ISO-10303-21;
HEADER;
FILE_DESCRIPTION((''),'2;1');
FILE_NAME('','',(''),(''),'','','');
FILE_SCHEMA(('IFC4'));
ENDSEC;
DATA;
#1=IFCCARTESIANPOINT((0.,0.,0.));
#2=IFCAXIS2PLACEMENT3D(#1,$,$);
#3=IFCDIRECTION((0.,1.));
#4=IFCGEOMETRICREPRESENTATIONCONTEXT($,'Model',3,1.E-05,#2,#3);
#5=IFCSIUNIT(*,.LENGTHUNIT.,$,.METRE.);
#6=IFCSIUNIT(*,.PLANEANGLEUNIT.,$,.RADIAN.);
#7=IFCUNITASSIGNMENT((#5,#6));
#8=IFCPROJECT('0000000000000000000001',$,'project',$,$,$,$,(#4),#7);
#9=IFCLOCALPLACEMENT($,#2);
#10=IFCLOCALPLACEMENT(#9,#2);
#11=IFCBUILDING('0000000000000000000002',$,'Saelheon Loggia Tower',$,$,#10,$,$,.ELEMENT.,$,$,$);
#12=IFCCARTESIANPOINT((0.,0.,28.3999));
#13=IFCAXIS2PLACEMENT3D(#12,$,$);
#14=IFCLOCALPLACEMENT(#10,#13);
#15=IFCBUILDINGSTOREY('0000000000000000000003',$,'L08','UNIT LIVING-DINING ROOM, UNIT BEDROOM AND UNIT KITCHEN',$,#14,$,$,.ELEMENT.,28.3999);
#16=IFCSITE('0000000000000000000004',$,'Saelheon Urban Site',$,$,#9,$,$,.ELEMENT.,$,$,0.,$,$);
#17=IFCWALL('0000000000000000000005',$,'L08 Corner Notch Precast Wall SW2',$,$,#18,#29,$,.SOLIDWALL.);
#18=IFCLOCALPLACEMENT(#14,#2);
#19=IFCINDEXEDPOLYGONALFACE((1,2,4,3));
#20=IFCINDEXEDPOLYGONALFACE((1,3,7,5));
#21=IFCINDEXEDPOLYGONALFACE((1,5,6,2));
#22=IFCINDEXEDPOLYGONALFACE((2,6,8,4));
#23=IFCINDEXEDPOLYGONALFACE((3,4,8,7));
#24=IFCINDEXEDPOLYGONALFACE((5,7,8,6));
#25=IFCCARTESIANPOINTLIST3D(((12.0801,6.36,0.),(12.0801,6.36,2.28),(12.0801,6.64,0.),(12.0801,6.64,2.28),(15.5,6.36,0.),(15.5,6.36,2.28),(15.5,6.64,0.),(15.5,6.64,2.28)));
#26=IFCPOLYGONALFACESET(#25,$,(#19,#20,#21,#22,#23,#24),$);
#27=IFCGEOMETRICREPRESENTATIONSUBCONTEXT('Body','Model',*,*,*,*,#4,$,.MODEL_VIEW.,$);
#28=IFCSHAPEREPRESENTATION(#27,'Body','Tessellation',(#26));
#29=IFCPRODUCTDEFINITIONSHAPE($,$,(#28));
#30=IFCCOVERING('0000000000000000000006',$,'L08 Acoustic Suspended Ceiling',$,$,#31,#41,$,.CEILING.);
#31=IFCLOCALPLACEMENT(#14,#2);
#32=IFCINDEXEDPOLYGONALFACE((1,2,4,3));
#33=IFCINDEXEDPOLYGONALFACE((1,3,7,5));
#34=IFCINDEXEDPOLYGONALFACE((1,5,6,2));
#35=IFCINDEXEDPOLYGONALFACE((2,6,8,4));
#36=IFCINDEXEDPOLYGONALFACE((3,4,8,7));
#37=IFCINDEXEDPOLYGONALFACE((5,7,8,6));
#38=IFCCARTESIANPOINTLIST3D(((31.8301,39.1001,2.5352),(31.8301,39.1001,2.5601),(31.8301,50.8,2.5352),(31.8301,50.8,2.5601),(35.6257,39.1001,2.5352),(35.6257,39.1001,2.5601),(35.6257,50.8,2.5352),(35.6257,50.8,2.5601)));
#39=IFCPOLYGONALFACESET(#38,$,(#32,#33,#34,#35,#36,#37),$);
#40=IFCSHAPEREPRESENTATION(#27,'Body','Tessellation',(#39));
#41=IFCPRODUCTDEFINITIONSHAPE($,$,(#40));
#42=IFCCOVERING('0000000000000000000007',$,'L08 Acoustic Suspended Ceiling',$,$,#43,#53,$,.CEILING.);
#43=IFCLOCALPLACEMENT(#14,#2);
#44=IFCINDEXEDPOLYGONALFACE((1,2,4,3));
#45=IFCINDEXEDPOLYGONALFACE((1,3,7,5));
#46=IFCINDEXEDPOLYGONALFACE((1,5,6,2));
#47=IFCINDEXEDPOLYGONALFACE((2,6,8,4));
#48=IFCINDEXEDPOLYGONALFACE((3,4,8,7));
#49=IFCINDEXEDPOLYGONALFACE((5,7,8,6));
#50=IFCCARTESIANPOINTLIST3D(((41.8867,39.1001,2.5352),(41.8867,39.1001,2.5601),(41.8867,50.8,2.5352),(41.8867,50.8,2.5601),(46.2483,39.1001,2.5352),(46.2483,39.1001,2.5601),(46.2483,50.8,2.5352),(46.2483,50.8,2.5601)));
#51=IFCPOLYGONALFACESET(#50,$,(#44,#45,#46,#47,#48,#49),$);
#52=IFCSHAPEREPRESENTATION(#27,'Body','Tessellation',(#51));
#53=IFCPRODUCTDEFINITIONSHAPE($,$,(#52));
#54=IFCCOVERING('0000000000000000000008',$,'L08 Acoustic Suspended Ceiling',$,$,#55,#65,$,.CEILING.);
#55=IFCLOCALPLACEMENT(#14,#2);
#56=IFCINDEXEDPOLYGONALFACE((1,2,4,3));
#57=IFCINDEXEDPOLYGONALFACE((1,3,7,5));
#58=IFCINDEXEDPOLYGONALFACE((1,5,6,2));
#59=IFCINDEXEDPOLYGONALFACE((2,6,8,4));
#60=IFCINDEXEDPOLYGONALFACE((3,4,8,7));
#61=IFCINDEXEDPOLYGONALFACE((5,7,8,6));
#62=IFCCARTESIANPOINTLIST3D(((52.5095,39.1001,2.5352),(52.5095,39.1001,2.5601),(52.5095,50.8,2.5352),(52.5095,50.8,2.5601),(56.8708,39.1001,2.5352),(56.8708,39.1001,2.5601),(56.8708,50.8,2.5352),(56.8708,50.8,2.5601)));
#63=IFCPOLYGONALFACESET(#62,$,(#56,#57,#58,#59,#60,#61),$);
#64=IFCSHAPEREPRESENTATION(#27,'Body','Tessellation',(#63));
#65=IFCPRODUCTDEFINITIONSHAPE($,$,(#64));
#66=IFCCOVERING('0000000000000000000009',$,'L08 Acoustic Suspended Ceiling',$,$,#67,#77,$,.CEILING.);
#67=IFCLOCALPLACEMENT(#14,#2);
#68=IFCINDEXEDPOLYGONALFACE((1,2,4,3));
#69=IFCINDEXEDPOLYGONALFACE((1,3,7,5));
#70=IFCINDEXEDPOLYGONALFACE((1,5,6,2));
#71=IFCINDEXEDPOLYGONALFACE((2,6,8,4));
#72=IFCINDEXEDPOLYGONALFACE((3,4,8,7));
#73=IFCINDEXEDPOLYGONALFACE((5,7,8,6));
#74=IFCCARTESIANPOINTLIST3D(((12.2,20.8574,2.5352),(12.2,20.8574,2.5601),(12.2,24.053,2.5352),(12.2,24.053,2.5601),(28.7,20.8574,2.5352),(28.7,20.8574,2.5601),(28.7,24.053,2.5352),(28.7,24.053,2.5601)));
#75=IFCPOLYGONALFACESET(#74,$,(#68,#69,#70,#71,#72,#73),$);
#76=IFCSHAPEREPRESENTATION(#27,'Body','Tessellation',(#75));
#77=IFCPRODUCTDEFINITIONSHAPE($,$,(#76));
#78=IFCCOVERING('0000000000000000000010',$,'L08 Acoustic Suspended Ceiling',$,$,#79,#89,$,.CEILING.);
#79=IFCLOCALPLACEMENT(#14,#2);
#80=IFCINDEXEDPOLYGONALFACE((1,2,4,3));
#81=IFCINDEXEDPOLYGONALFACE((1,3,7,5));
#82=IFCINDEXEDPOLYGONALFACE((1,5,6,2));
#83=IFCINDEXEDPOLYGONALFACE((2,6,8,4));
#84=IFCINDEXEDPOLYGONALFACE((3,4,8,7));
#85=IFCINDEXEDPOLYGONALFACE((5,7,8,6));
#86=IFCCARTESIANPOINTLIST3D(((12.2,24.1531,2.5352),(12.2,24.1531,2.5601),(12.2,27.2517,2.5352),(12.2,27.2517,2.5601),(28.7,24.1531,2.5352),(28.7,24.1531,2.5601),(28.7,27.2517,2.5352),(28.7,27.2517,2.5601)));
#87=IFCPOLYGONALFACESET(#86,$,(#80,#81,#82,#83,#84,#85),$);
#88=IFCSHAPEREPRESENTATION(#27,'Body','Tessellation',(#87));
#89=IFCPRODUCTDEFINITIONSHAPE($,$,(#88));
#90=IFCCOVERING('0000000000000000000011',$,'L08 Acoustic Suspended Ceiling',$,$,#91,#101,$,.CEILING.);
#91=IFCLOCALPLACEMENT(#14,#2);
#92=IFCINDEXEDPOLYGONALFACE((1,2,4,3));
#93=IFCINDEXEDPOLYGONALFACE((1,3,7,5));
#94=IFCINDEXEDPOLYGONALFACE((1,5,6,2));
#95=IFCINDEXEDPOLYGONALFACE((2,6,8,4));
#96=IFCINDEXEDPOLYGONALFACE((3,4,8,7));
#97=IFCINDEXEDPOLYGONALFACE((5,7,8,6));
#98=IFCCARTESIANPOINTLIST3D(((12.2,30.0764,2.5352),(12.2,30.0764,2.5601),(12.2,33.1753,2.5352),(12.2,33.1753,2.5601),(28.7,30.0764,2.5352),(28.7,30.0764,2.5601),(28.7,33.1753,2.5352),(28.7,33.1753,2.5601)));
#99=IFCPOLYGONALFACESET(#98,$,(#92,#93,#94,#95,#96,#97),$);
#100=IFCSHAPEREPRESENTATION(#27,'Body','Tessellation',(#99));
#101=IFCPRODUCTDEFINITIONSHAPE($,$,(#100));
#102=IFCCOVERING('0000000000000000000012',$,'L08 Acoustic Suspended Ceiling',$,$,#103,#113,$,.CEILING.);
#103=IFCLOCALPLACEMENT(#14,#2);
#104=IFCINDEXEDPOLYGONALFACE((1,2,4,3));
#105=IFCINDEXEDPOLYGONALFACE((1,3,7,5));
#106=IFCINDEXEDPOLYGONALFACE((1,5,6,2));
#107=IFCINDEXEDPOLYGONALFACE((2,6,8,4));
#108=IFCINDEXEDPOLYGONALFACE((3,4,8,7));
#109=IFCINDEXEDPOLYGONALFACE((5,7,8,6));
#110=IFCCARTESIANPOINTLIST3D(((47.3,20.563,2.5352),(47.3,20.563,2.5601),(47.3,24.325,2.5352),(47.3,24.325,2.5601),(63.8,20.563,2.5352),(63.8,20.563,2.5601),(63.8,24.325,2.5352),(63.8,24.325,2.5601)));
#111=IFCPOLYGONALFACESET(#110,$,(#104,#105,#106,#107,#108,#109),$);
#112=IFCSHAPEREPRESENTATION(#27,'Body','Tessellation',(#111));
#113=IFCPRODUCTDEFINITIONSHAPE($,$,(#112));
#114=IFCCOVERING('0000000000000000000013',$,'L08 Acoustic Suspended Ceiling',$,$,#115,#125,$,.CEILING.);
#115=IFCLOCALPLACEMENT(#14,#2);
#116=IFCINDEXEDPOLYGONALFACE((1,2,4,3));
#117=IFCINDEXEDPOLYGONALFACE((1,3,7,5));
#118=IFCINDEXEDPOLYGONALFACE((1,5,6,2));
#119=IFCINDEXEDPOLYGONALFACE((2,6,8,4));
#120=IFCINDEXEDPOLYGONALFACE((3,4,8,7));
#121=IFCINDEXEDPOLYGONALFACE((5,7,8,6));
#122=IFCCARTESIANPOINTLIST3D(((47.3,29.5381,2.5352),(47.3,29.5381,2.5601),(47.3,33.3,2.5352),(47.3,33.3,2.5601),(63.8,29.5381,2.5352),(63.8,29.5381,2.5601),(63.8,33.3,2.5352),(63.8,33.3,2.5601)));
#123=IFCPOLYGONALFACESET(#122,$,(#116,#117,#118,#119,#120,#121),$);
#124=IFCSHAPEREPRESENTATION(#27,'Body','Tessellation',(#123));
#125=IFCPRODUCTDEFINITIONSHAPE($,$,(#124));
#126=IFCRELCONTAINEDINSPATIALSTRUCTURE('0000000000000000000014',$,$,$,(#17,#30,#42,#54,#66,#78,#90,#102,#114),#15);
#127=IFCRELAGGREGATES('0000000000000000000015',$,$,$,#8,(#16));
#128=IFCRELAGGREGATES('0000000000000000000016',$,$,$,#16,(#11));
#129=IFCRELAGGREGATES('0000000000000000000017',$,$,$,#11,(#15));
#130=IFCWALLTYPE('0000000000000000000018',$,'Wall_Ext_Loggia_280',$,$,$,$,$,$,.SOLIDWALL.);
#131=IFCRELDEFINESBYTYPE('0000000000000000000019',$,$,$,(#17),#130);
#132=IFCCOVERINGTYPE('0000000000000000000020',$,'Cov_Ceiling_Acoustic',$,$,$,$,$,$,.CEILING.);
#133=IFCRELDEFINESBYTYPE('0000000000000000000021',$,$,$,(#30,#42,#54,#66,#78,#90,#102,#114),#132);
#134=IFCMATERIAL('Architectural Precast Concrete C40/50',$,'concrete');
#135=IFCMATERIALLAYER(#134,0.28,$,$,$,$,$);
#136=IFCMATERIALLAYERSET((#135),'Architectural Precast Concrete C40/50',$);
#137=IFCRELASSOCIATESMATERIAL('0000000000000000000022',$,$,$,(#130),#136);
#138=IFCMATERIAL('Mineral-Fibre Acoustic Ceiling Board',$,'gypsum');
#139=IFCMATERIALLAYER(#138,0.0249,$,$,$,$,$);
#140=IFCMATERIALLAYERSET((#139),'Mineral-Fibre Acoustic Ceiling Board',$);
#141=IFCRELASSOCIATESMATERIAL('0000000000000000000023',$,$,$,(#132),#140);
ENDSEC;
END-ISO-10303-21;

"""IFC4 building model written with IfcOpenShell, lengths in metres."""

from ifc_helpers import new_model, si_unit, direction, frame, frame_2d, origin, place, context, subcontext, project, spatial, polyline, rectangle, outline, extrude, material, layer, layer_set, type_object, element, save


model = new_model("IFC4")

# Units and contexts
model_context = context("Model", 3, precision=1e-05, world=origin(), true_north=direction((0.0, 1.0)))
body_context = subcontext(model_context, "Body", "Model", "MODEL_VIEW")
ifc_project = project(units=[si_unit("LENGTHUNIT", "METRE"), si_unit("PLANEANGLEUNIT", "RADIAN")], contexts=[model_context])

# Site, building, storey
site_placement = place(None, origin())
site = spatial("IfcSite", under=ifc_project, at=site_placement, Name="Saelheon Urban Site", CompositionType="ELEMENT", RefElevation=0.0)
building_placement = place(site_placement, origin())
building = spatial("IfcBuilding", under=site, at=building_placement, Name="Saelheon Loggia Tower", CompositionType="ELEMENT")
storey_placement = place(building_placement, frame((0.0, 0.0, 28.3999)))
storey = spatial("IfcBuildingStorey", under=building, at=storey_placement, Name="L08", Description="UNIT LIVING-DINING ROOM, UNIT BEDROOM AND UNIT KITCHEN", CompositionType="ELEMENT", Elevation=28.3999)

# Shared definitions
ifc_material_1 = material(Name="Architectural Precast Concrete C40/50", Category="concrete")
ifc_layer_1 = layer(ifc_material_1, 0.28)
ifc_layer_set_1 = layer_set([ifc_layer_1], Name="Architectural Precast Concrete C40/50")
wall_type = type_object("IfcWallType", Name="Wall_Ext_Loggia_280", PredefinedType="SOLIDWALL", material=ifc_layer_set_1)

# Wall
wall_1_placement = place(storey_placement, frame((12.0801, 6.5, 0.0), z_axis=(0.0, 0.0, 1.0), x_axis=(1.0, 0.0, 0.0)))
element("IfcWall", 1, at=wall_1_placement, inside=storey, type_object=wall_type, Name="L08 Corner Notch Precast Wall SW2", PredefinedType="SOLIDWALL", context=body_context, shape_type="SweptSolid", body=[
    extrude(rectangle(XDim=3.4199, YDim=0.28, at=frame_2d((1.71, 0.0))), origin(), (0.0, 0.0, 1.0), 2.28),
])

# Coverings
ifc_material_2 = material(Name="Mineral-Fibre Acoustic Ceiling Board", Category="gypsum")
ifc_layer_2 = layer(ifc_material_2, 0.0249)
ifc_layer_set_2 = layer_set([ifc_layer_2], Name="Mineral-Fibre Acoustic Ceiling Board")
covering_type = type_object("IfcCoveringType", Name="Cov_Ceiling_Acoustic", PredefinedType="CEILING", material=ifc_layer_set_2)
covering_1_placement = place(storey_placement, frame((0.0, 0.0, 2.5352)))
element("IfcCovering", 2, at=covering_1_placement, inside=storey, type_object=covering_type, Name="L08 Acoustic Suspended Ceiling", PredefinedType="CEILING", context=body_context, shape_type="SweptSolid", body=[
    extrude(outline(polyline([(31.8301, 39.1001), (35.6257, 39.1001), (35.6257, 50.8), (31.8301, 50.8), (31.8301, 39.1001)])), origin(), (0.0, 0.0, 1.0), 0.0249),
])
covering_2_placement = place(storey_placement, frame((0.0, 0.0, 2.5352)))
element("IfcCovering", 3, at=covering_2_placement, inside=storey, type_object=covering_type, Name="L08 Acoustic Suspended Ceiling", PredefinedType="CEILING", context=body_context, shape_type="SweptSolid", body=[
    extrude(outline(polyline([(41.8867, 39.1001), (46.2483, 39.1001), (46.2483, 50.8), (41.8867, 50.8), (41.8867, 39.1001)])), origin(), (0.0, 0.0, 1.0), 0.0249),
])
covering_3_placement = place(storey_placement, frame((0.0, 0.0, 2.5352)))
element("IfcCovering", 4, at=covering_3_placement, inside=storey, type_object=covering_type, Name="L08 Acoustic Suspended Ceiling", PredefinedType="CEILING", context=body_context, shape_type="SweptSolid", body=[
    extrude(outline(polyline([(52.5095, 39.1001), (56.8708, 39.1001), (56.8708, 50.8), (52.5095, 50.8), (52.5095, 39.1001)])), origin(), (0.0, 0.0, 1.0), 0.0249),
])
covering_4_placement = place(storey_placement, frame((0.0, 0.0, 2.5352)))
element("IfcCovering", 5, at=covering_4_placement, inside=storey, type_object=covering_type, Name="L08 Acoustic Suspended Ceiling", PredefinedType="CEILING", context=body_context, shape_type="SweptSolid", body=[
    extrude(outline(polyline([(12.2, 20.8574), (28.7, 20.8574), (28.7, 24.053), (12.2, 24.053), (12.2, 20.8574)])), origin(), (0.0, 0.0, 1.0), 0.0249),
])
covering_5_placement = place(storey_placement, frame((0.0, 0.0, 2.5352)))
element("IfcCovering", 6, at=covering_5_placement, inside=storey, type_object=covering_type, Name="L08 Acoustic Suspended Ceiling", PredefinedType="CEILING", context=body_context, shape_type="SweptSolid", body=[
    extrude(outline(polyline([(12.2, 24.1531), (28.7, 24.1531), (28.7, 27.2517), (12.2, 27.2517), (12.2, 24.1531)])), origin(), (0.0, 0.0, 1.0), 0.0249),
])
covering_6_placement = place(storey_placement, frame((0.0, 0.0, 2.5352)))
element("IfcCovering", 7, at=covering_6_placement, inside=storey, type_object=covering_type, Name="L08 Acoustic Suspended Ceiling", PredefinedType="CEILING", context=body_context, shape_type="SweptSolid", body=[
    extrude(outline(polyline([(12.2, 30.0764), (28.7, 30.0764), (28.7, 33.1753), (12.2, 33.1753), (12.2, 30.0764)])), origin(), (0.0, 0.0, 1.0), 0.0249),
])
covering_7_placement = place(storey_placement, frame((0.0, 0.0, 2.5352)))
element("IfcCovering", 8, at=covering_7_placement, inside=storey, type_object=covering_type, Name="L08 Acoustic Suspended Ceiling", PredefinedType="CEILING", context=body_context, shape_type="SweptSolid", body=[
    extrude(outline(polyline([(47.3, 20.563), (63.8, 20.563), (63.8, 24.325), (47.3, 24.325), (47.3, 20.563)])), origin(), (0.0, 0.0, 1.0), 0.0249),
])
covering_8_placement = place(storey_placement, frame((0.0, 0.0, 2.5352)))
element("IfcCovering", 9, at=covering_8_placement, inside=storey, type_object=covering_type, Name="L08 Acoustic Suspended Ceiling", PredefinedType="CEILING", context=body_context, shape_type="SweptSolid", body=[
    extrude(outline(polyline([(47.3, 29.5381), (63.8, 29.5381), (63.8, 33.3), (47.3, 33.3), (47.3, 29.5381)])), origin(), (0.0, 0.0, 1.0), 0.0249),
])

save(model, "model.ifc")
